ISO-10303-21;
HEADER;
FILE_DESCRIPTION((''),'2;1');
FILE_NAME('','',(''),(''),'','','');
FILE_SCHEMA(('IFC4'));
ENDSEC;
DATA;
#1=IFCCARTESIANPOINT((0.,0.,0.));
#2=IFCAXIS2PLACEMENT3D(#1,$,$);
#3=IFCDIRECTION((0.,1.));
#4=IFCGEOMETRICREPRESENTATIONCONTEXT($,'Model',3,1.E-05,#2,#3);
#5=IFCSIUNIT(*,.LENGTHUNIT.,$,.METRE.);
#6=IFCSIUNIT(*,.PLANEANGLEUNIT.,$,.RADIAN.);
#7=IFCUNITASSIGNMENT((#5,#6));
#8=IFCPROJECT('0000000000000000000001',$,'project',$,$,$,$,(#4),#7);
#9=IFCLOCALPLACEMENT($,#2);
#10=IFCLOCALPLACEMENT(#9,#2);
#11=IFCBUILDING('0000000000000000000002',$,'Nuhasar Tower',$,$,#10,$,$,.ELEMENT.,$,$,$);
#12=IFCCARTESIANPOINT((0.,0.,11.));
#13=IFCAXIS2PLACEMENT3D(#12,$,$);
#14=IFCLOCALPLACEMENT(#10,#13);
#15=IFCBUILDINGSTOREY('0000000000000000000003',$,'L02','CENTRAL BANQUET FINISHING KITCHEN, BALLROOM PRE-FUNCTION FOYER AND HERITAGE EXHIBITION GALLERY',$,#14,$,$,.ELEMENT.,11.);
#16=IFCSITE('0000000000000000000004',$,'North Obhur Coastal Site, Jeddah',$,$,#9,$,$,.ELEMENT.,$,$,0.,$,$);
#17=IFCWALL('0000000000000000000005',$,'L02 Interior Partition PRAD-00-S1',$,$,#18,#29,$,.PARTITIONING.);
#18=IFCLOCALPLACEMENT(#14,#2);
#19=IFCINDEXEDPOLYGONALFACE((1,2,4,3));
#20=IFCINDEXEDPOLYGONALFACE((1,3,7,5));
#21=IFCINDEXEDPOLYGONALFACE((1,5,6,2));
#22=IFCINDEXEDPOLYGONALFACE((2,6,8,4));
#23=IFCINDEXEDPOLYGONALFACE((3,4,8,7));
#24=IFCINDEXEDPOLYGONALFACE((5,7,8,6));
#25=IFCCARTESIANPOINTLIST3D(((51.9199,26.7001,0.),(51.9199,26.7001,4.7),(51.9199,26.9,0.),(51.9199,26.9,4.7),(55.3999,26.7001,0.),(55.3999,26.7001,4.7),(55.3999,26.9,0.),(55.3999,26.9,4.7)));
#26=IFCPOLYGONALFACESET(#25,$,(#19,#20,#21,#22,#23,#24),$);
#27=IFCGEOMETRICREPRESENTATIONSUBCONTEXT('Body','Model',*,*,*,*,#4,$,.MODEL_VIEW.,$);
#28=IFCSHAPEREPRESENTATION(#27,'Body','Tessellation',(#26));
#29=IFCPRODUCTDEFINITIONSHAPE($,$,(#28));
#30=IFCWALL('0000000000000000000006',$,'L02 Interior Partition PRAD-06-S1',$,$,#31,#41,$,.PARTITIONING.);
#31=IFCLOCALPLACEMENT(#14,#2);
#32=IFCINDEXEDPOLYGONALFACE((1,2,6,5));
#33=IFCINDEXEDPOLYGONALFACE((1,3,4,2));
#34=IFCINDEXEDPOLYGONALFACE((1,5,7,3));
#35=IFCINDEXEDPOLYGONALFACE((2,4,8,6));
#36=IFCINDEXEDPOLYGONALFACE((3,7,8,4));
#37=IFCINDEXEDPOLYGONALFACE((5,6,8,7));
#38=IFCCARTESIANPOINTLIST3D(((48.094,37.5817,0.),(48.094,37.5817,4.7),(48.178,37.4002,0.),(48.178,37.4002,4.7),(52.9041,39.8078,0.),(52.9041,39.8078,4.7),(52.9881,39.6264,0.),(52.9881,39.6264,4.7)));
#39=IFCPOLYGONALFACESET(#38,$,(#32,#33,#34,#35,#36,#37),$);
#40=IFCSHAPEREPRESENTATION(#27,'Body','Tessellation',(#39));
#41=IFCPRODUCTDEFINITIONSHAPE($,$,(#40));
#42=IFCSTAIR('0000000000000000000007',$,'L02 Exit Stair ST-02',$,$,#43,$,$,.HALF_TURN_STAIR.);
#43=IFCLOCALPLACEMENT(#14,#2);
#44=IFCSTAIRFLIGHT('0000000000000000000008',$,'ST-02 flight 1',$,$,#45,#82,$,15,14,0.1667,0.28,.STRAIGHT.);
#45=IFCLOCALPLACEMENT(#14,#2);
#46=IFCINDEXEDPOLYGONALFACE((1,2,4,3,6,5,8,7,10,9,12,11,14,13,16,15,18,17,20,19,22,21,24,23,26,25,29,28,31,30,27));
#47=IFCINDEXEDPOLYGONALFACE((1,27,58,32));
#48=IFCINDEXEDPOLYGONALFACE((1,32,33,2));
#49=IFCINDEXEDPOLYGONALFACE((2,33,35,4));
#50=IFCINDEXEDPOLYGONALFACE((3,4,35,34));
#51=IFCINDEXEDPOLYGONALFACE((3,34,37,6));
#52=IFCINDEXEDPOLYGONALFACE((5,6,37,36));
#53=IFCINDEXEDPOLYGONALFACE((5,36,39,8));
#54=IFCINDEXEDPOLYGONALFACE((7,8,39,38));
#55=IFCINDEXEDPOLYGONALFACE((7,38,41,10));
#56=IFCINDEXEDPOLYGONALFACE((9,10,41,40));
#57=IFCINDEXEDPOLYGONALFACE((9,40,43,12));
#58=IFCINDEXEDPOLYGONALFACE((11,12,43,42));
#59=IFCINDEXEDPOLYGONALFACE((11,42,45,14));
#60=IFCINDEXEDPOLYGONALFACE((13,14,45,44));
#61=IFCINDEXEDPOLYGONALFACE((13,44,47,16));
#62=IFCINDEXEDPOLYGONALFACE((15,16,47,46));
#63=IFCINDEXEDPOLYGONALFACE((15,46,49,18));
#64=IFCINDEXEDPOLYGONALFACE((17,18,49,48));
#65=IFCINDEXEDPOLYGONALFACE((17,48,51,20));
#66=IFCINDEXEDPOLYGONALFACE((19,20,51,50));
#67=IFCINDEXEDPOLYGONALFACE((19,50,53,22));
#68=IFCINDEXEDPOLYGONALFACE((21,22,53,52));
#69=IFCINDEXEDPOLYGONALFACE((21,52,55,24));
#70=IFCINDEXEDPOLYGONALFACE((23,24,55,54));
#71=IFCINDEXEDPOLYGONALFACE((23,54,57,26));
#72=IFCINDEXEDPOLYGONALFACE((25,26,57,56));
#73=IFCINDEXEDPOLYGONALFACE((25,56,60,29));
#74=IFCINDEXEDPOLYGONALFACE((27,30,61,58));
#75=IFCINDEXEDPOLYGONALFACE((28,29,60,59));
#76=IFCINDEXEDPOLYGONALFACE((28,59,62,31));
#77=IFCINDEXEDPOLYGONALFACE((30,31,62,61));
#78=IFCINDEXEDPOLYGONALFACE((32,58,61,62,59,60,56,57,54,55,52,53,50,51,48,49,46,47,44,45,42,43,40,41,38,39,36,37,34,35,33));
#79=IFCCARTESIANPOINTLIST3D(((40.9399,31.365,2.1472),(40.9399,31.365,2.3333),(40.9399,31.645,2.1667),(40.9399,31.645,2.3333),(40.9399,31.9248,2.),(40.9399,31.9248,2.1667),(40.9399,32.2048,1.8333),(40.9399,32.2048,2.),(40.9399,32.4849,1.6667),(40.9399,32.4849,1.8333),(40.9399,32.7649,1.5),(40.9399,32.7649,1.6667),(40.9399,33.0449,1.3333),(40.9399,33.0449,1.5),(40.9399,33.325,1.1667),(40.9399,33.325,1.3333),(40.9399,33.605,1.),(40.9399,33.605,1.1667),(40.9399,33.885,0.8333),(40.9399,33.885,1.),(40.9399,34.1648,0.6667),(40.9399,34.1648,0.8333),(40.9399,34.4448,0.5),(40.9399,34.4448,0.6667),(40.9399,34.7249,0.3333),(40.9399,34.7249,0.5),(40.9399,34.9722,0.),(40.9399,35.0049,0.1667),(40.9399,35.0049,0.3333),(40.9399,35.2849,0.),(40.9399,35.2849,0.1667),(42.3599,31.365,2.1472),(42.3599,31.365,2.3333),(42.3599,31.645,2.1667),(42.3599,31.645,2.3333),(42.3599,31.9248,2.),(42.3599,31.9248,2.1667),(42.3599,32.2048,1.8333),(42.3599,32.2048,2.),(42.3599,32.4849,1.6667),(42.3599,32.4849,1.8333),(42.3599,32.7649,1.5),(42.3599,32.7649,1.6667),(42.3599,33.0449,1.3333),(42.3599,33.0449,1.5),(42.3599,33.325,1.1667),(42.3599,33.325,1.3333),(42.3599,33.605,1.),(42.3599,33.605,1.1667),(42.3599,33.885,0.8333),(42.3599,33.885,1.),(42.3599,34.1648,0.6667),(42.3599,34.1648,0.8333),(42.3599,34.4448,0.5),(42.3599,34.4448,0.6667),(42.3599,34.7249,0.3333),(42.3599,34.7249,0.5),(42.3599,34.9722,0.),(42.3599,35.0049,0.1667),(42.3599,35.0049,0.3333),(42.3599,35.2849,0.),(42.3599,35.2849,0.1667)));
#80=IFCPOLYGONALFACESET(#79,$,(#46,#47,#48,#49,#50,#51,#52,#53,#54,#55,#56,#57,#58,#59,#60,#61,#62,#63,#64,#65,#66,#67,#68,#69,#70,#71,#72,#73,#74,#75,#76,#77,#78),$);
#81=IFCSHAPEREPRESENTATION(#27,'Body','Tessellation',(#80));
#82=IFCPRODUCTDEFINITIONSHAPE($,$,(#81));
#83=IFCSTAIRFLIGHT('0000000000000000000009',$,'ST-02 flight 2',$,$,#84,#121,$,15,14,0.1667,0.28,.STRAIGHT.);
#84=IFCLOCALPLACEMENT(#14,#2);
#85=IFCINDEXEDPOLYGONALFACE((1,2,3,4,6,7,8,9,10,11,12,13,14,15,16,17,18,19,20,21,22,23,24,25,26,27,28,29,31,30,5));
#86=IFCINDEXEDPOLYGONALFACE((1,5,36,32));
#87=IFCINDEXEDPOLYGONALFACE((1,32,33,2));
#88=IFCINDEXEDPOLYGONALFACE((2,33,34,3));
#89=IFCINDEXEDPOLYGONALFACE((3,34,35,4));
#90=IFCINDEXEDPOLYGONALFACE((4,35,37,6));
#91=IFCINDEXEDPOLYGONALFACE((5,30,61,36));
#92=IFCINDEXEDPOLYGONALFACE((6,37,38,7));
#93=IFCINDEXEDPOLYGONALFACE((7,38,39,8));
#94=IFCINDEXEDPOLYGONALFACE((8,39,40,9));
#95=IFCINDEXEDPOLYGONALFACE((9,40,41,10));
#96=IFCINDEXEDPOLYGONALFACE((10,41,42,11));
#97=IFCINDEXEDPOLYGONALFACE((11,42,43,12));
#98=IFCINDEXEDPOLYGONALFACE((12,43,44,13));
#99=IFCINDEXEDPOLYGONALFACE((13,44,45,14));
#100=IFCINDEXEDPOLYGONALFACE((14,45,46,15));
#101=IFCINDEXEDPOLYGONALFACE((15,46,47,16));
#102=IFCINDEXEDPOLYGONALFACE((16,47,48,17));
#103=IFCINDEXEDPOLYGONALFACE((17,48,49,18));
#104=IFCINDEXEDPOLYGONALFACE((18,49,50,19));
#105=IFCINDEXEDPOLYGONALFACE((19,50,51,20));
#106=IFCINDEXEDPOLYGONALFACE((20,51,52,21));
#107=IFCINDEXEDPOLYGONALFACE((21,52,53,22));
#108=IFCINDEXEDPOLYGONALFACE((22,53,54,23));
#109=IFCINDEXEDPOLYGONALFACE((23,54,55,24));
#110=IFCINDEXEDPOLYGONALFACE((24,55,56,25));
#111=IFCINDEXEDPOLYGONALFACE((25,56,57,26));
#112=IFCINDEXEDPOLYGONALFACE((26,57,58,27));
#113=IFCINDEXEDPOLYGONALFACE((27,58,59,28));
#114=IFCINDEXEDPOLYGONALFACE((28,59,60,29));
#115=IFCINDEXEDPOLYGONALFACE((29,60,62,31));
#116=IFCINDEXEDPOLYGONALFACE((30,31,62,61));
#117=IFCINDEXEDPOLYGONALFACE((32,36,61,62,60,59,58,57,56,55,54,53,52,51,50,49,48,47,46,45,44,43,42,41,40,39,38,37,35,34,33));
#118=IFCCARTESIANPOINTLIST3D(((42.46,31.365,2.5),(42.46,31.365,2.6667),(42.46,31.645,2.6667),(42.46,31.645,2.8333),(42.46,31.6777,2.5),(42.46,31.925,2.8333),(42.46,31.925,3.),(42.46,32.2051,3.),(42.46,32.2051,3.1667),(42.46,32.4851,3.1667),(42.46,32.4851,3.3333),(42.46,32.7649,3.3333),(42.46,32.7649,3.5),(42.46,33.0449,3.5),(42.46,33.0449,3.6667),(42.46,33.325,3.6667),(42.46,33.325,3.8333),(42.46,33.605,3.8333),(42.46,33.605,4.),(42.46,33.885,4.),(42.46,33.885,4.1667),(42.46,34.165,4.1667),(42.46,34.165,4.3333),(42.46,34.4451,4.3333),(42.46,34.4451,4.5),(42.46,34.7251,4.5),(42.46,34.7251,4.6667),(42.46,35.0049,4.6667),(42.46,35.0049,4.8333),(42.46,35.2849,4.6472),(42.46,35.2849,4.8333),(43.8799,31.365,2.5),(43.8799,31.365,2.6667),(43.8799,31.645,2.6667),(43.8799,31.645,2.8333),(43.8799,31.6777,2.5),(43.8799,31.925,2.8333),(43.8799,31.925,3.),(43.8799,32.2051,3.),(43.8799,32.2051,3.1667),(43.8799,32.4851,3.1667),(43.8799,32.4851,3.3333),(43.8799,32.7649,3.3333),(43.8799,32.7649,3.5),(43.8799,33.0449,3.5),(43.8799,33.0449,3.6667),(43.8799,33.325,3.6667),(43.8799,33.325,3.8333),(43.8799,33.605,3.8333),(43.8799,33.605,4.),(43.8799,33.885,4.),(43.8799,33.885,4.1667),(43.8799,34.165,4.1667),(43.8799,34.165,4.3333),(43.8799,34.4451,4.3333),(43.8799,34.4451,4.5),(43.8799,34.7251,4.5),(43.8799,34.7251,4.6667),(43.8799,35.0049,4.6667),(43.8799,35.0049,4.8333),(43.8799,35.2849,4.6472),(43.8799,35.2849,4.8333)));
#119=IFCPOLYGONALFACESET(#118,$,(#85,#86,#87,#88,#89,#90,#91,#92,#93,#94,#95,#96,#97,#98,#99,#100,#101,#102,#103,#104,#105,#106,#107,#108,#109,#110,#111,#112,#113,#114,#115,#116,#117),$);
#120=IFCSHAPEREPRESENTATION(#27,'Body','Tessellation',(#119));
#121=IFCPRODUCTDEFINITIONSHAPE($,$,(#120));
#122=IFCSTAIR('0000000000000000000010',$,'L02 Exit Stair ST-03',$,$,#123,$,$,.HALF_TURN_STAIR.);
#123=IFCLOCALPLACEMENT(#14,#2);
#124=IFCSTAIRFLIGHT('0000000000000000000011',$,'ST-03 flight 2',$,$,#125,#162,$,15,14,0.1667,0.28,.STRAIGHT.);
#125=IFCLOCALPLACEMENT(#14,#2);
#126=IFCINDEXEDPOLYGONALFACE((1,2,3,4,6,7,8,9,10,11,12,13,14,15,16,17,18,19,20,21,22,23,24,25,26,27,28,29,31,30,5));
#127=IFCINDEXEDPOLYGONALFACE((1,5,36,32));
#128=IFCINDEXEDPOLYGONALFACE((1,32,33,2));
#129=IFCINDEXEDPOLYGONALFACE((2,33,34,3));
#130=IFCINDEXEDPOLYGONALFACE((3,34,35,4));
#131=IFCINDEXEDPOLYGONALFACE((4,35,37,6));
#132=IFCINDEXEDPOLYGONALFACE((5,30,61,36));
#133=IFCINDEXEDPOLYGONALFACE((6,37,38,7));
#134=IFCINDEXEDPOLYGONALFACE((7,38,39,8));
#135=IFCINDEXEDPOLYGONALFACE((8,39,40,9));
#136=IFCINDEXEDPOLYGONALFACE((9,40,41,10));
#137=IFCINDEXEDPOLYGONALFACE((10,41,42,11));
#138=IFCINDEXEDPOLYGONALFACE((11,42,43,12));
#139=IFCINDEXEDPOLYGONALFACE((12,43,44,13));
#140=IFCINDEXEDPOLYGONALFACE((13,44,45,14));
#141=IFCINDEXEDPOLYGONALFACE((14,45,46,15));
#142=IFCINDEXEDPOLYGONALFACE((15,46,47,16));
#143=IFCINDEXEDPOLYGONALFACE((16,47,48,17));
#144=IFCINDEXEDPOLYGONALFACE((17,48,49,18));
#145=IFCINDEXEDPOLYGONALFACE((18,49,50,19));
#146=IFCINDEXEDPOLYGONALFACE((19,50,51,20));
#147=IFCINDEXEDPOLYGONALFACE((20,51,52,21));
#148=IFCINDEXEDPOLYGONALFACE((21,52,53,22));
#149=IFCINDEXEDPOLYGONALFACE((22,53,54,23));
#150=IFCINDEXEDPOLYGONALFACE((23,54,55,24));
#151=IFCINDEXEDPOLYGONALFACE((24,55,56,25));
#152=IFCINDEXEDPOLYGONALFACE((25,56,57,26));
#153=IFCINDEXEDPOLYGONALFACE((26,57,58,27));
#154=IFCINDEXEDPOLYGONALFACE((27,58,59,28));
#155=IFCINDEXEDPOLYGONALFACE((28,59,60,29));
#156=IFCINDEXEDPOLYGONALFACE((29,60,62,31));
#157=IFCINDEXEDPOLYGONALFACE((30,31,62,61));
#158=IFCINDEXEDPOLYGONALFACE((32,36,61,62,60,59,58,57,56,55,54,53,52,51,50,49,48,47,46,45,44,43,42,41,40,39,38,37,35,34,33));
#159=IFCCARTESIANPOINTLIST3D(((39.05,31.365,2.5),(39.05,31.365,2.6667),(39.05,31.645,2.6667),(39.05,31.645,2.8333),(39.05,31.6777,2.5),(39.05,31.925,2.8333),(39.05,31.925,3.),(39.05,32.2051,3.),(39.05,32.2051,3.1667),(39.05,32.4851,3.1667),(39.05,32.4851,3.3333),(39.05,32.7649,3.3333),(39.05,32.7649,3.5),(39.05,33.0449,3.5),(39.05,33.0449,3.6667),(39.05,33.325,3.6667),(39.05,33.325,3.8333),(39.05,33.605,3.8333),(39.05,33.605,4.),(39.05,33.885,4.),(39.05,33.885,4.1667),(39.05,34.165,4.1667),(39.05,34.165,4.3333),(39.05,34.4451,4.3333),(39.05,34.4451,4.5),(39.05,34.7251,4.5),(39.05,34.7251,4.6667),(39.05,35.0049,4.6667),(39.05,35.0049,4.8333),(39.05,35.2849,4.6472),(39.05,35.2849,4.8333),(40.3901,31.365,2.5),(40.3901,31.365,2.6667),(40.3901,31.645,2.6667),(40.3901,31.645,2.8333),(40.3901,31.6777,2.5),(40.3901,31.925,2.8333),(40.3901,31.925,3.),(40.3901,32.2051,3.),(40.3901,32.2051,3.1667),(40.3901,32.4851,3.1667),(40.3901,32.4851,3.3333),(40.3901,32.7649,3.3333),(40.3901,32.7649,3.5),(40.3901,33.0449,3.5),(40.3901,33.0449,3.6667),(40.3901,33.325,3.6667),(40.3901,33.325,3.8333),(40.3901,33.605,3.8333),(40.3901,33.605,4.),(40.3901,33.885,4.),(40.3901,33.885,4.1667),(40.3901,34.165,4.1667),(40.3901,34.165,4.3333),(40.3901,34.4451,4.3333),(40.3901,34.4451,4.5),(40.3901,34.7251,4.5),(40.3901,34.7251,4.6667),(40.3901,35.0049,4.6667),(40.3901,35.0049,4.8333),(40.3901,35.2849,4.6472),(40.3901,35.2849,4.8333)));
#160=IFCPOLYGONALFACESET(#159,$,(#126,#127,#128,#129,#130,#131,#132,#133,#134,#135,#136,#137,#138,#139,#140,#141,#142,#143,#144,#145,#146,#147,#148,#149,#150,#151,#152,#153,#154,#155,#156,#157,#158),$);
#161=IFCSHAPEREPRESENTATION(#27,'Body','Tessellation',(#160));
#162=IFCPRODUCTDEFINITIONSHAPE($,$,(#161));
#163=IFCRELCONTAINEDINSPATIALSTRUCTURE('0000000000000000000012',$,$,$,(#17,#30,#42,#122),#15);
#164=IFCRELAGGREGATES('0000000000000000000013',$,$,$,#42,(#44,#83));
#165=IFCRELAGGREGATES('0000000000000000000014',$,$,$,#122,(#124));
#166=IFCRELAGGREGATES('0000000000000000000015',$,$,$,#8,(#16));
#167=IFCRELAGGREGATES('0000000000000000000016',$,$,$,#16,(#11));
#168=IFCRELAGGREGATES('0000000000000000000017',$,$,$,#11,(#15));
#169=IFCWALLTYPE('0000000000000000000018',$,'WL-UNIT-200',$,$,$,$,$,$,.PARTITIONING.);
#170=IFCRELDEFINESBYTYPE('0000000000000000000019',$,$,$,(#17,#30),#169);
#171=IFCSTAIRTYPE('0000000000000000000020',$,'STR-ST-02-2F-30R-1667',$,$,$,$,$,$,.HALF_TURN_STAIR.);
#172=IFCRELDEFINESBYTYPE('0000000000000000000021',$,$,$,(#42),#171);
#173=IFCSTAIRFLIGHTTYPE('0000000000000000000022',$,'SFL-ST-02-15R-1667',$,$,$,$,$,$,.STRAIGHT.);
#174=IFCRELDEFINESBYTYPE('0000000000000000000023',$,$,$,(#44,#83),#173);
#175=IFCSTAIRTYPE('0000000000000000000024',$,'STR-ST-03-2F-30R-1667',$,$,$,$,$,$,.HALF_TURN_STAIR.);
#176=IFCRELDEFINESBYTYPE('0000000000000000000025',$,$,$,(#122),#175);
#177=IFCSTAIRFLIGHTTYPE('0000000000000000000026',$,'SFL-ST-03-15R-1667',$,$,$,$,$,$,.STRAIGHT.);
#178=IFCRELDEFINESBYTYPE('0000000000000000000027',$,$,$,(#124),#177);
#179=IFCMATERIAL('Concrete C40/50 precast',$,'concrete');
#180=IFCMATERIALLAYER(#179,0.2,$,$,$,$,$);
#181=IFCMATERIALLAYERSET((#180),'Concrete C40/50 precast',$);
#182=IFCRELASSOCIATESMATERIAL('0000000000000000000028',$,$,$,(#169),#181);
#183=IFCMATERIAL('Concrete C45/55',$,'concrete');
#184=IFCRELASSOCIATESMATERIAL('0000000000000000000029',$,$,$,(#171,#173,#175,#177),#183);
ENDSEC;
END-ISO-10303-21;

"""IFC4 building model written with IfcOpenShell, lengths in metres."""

from ifc_helpers import new_model, si_unit, direction, frame, frame_2d, origin, place, context, subcontext, project, spatial, polyline, rectangle, outline, extrude, material, layer, layer_set, type_object, element, aggregate, save


model = new_model("IFC4")

# Units and contexts
model_context = context("Model", 3, precision=1e-05, world=origin(), true_north=direction((0.0, 1.0)))
body_context = subcontext(model_context, "Body", "Model", "MODEL_VIEW")
ifc_project = project(units=[si_unit("LENGTHUNIT", "METRE"), si_unit("PLANEANGLEUNIT", "RADIAN")], contexts=[model_context])

# Site, building, storey
site_placement = place(None, origin())
site = spatial("IfcSite", under=ifc_project, at=site_placement, Name="North Obhur Coastal Site, Jeddah", CompositionType="ELEMENT", RefElevation=0.0)
building_placement = place(site_placement, origin())
building = spatial("IfcBuilding", under=site, at=building_placement, Name="Nuhasar Tower", CompositionType="ELEMENT")
storey_placement = place(building_placement, frame((0.0, 0.0, 11.0)))
storey = spatial("IfcBuildingStorey", under=building, at=storey_placement, Name="L02", Description="CENTRAL BANQUET FINISHING KITCHEN, BALLROOM PRE-FUNCTION FOYER AND HERITAGE EXHIBITION GALLERY", CompositionType="ELEMENT", Elevation=11.0)

# Shared definitions
ifc_material_1 = material(Name="Concrete C45/55", Category="concrete")

# Walls
ifc_material_2 = material(Name="Concrete C40/50 precast", Category="concrete")
ifc_layer_1 = layer(ifc_material_2, 0.2)
ifc_layer_set_1 = layer_set([ifc_layer_1], Name="Concrete C40/50 precast")
wall_type_1 = type_object("IfcWallType", Name="WL-UNIT-200", PredefinedType="PARTITIONING", material=ifc_layer_set_1)
wall_1_placement = place(storey_placement, frame((51.9199, 26.8, 0.0), z_axis=(0.0, 0.0, 1.0), x_axis=(1.0, 0.0, 0.0)))
element("IfcWall", 1, at=wall_1_placement, inside=storey, type_object=wall_type_1, Name="L02 Interior Partition PRAD-00-S1", PredefinedType="PARTITIONING", context=body_context, shape_type="SweptSolid", body=[
    extrude(rectangle(XDim=3.48, YDim=0.2, at=frame_2d((1.74, 0.0))), origin(), (0.0, 0.0, 1.0), 4.7),
])
wall_2_placement = place(storey_placement, frame((48.136, 37.491, 0.0), z_axis=(0.0, 0.0, 1.0), x_axis=(0.907525, 0.419999, 0.0)))
element("IfcWall", 2, at=wall_2_placement, inside=storey, type_object=wall_type_1, Name="L02 Interior Partition PRAD-06-S1", PredefinedType="PARTITIONING", context=body_context, shape_type="SweptSolid", body=[
    extrude(rectangle(XDim=5.3003, YDim=0.2, at=frame_2d((2.6501, 0.0))), origin(), (0.0, 0.0, 1.0), 4.7),
])

# Stair, stair flights
stair_type_1 = type_object("IfcStairType", Name="STR-ST-02-2F-30R-1667", PredefinedType="HALF_TURN_STAIR", material=ifc_material_1)
stair_1_placement = place(storey_placement, origin())
stair_1 = element("IfcStair", 3, at=stair_1_placement, inside=storey, type_object=stair_type_1, Name="L02 Exit Stair ST-02", PredefinedType="HALF_TURN_STAIR")
stair_flight_type_1 = type_object("IfcStairFlightType", Name="SFL-ST-02-15R-1667", PredefinedType="STRAIGHT", material=ifc_material_1)
stair_flight_1_placement = place(storey_placement, frame((41.6499, 35.2849, 0.0), z_axis=(0.0, 0.0, 1.0), x_axis=(0.0, -1.0, 0.0)))
stair_flight_1 = element("IfcStairFlight", 4, at=stair_flight_1_placement, type_object=stair_flight_type_1, Name="ST-02 flight 1", NumberOfRisers=15, NumberOfTreads=14, PredefinedType="STRAIGHT", RiserHeight=0.1667, TreadLength=0.28, context=body_context, shape_type="SweptSolid", body=[
    extrude(outline(polyline([(0.0, 0.0), (0.0, 0.1667), (0.28, 0.1667), (0.28, 0.3333), (0.5601, 0.3333), (0.5601, 0.5), (0.8401, 0.5), (0.8401, 0.6667), (1.1201, 0.6667), (1.1201, 0.8333), (1.3999, 0.8333), (1.3999, 1.0), (1.6799, 1.0), (1.6799, 1.1667), (1.96, 1.1667), (1.96, 1.3333), (2.24, 1.3333), (2.24, 1.5), (2.52, 1.5), (2.52, 1.6667), (2.8, 1.6667), (2.8, 1.8333), (3.0801, 1.8333), (3.0801, 2.0), (3.3601, 2.0), (3.3601, 2.1667), (3.6399, 2.1667), (3.6399, 2.3333), (3.9199, 2.3333), (3.9199, 2.5), (3.9199, 2.1472), (0.3127, 0.0), (0.0, 0.0)])), frame((0.0, 0.71, 0.0), z_axis=(0.0, -1.0, 0.0), x_axis=(1.0, 0.0, 0.0)), (0.0, 0.0, 1.0), 1.4199),
])
stair_flight_2_placement = place(storey_placement, frame((43.1699, 31.365, 2.5), z_axis=(0.0, 0.0, 1.0), x_axis=(0.0, 1.0, 0.0)))
stair_flight_2 = element("IfcStairFlight", 5, at=stair_flight_2_placement, type_object=stair_flight_type_1, Name="ST-02 flight 2", NumberOfRisers=15, NumberOfTreads=14, PredefinedType="STRAIGHT", RiserHeight=0.1667, TreadLength=0.28, context=body_context, shape_type="SweptSolid", body=[
    extrude(outline(polyline([(0.0, 0.0), (0.0, 0.1667), (0.28, 0.1667), (0.28, 0.3333), (0.5601, 0.3333), (0.5601, 0.5), (0.8401, 0.5), (0.8401, 0.6667), (1.1201, 0.6667), (1.1201, 0.8333), (1.3999, 0.8333), (1.3999, 1.0), (1.6799, 1.0), (1.6799, 1.1667), (1.96, 1.1667), (1.96, 1.3333), (2.24, 1.3333), (2.24, 1.5), (2.52, 1.5), (2.52, 1.6667), (2.8, 1.6667), (2.8, 1.8333), (3.0801, 1.8333), (3.0801, 2.0), (3.3601, 2.0), (3.3601, 2.1667), (3.6399, 2.1667), (3.6399, 2.3333), (3.9199, 2.3333), (3.9199, 2.5), (3.9199, 2.1472), (0.3127, 0.0), (0.0, 0.0)])), frame((0.0, 0.71, 0.0), z_axis=(0.0, -1.0, 0.0), x_axis=(1.0, 0.0, 0.0)), (0.0, 0.0, 1.0), 1.4199),
])
aggregate(stair_1, [stair_flight_1, stair_flight_2])

# Stair, stair flight
stair_type_2 = type_object("IfcStairType", Name="STR-ST-03-2F-30R-1667", PredefinedType="HALF_TURN_STAIR", material=ifc_material_1)
stair_2_placement = place(storey_placement, origin())
stair_2 = element("IfcStair", 6, at=stair_2_placement, inside=storey, type_object=stair_type_2, Name="L02 Exit Stair ST-03", PredefinedType="HALF_TURN_STAIR")
stair_flight_type_2 = type_object("IfcStairFlightType", Name="SFL-ST-03-15R-1667", PredefinedType="STRAIGHT", material=ifc_material_1)
stair_flight_3_placement = place(storey_placement, frame((39.72, 31.365, 2.5), z_axis=(0.0, 0.0, 1.0), x_axis=(0.0, 1.0, 0.0)))
stair_flight_3 = element("IfcStairFlight", 7, at=stair_flight_3_placement, type_object=stair_flight_type_2, Name="ST-03 flight 2", NumberOfRisers=15, NumberOfTreads=14, PredefinedType="STRAIGHT", RiserHeight=0.1667, TreadLength=0.28, context=body_context, shape_type="SweptSolid", body=[
    extrude(outline(polyline([(0.0, 0.0), (0.0, 0.1667), (0.28, 0.1667), (0.28, 0.3333), (0.5601, 0.3333), (0.5601, 0.5), (0.8401, 0.5), (0.8401, 0.6667), (1.1201, 0.6667), (1.1201, 0.8333), (1.3999, 0.8333), (1.3999, 1.0), (1.6799, 1.0), (1.6799, 1.1667), (1.96, 1.1667), (1.96, 1.3333), (2.24, 1.3333), (2.24, 1.5), (2.52, 1.5), (2.52, 1.6667), (2.8, 1.6667), (2.8, 1.8333), (3.0801, 1.8333), (3.0801, 2.0), (3.3601, 2.0), (3.3601, 2.1667), (3.6399, 2.1667), (3.6399, 2.3333), (3.9199, 2.3333), (3.9199, 2.5), (3.9199, 2.1472), (0.3127, 0.0), (0.0, 0.0)])), frame((0.0, 0.6699, 0.0), z_axis=(0.0, -1.0, 0.0), x_axis=(1.0, 0.0, 0.0)), (0.0, 0.0, 1.0), 1.3401),
])
aggregate(stair_2, [stair_flight_3])

save(model, "model.ifc")
